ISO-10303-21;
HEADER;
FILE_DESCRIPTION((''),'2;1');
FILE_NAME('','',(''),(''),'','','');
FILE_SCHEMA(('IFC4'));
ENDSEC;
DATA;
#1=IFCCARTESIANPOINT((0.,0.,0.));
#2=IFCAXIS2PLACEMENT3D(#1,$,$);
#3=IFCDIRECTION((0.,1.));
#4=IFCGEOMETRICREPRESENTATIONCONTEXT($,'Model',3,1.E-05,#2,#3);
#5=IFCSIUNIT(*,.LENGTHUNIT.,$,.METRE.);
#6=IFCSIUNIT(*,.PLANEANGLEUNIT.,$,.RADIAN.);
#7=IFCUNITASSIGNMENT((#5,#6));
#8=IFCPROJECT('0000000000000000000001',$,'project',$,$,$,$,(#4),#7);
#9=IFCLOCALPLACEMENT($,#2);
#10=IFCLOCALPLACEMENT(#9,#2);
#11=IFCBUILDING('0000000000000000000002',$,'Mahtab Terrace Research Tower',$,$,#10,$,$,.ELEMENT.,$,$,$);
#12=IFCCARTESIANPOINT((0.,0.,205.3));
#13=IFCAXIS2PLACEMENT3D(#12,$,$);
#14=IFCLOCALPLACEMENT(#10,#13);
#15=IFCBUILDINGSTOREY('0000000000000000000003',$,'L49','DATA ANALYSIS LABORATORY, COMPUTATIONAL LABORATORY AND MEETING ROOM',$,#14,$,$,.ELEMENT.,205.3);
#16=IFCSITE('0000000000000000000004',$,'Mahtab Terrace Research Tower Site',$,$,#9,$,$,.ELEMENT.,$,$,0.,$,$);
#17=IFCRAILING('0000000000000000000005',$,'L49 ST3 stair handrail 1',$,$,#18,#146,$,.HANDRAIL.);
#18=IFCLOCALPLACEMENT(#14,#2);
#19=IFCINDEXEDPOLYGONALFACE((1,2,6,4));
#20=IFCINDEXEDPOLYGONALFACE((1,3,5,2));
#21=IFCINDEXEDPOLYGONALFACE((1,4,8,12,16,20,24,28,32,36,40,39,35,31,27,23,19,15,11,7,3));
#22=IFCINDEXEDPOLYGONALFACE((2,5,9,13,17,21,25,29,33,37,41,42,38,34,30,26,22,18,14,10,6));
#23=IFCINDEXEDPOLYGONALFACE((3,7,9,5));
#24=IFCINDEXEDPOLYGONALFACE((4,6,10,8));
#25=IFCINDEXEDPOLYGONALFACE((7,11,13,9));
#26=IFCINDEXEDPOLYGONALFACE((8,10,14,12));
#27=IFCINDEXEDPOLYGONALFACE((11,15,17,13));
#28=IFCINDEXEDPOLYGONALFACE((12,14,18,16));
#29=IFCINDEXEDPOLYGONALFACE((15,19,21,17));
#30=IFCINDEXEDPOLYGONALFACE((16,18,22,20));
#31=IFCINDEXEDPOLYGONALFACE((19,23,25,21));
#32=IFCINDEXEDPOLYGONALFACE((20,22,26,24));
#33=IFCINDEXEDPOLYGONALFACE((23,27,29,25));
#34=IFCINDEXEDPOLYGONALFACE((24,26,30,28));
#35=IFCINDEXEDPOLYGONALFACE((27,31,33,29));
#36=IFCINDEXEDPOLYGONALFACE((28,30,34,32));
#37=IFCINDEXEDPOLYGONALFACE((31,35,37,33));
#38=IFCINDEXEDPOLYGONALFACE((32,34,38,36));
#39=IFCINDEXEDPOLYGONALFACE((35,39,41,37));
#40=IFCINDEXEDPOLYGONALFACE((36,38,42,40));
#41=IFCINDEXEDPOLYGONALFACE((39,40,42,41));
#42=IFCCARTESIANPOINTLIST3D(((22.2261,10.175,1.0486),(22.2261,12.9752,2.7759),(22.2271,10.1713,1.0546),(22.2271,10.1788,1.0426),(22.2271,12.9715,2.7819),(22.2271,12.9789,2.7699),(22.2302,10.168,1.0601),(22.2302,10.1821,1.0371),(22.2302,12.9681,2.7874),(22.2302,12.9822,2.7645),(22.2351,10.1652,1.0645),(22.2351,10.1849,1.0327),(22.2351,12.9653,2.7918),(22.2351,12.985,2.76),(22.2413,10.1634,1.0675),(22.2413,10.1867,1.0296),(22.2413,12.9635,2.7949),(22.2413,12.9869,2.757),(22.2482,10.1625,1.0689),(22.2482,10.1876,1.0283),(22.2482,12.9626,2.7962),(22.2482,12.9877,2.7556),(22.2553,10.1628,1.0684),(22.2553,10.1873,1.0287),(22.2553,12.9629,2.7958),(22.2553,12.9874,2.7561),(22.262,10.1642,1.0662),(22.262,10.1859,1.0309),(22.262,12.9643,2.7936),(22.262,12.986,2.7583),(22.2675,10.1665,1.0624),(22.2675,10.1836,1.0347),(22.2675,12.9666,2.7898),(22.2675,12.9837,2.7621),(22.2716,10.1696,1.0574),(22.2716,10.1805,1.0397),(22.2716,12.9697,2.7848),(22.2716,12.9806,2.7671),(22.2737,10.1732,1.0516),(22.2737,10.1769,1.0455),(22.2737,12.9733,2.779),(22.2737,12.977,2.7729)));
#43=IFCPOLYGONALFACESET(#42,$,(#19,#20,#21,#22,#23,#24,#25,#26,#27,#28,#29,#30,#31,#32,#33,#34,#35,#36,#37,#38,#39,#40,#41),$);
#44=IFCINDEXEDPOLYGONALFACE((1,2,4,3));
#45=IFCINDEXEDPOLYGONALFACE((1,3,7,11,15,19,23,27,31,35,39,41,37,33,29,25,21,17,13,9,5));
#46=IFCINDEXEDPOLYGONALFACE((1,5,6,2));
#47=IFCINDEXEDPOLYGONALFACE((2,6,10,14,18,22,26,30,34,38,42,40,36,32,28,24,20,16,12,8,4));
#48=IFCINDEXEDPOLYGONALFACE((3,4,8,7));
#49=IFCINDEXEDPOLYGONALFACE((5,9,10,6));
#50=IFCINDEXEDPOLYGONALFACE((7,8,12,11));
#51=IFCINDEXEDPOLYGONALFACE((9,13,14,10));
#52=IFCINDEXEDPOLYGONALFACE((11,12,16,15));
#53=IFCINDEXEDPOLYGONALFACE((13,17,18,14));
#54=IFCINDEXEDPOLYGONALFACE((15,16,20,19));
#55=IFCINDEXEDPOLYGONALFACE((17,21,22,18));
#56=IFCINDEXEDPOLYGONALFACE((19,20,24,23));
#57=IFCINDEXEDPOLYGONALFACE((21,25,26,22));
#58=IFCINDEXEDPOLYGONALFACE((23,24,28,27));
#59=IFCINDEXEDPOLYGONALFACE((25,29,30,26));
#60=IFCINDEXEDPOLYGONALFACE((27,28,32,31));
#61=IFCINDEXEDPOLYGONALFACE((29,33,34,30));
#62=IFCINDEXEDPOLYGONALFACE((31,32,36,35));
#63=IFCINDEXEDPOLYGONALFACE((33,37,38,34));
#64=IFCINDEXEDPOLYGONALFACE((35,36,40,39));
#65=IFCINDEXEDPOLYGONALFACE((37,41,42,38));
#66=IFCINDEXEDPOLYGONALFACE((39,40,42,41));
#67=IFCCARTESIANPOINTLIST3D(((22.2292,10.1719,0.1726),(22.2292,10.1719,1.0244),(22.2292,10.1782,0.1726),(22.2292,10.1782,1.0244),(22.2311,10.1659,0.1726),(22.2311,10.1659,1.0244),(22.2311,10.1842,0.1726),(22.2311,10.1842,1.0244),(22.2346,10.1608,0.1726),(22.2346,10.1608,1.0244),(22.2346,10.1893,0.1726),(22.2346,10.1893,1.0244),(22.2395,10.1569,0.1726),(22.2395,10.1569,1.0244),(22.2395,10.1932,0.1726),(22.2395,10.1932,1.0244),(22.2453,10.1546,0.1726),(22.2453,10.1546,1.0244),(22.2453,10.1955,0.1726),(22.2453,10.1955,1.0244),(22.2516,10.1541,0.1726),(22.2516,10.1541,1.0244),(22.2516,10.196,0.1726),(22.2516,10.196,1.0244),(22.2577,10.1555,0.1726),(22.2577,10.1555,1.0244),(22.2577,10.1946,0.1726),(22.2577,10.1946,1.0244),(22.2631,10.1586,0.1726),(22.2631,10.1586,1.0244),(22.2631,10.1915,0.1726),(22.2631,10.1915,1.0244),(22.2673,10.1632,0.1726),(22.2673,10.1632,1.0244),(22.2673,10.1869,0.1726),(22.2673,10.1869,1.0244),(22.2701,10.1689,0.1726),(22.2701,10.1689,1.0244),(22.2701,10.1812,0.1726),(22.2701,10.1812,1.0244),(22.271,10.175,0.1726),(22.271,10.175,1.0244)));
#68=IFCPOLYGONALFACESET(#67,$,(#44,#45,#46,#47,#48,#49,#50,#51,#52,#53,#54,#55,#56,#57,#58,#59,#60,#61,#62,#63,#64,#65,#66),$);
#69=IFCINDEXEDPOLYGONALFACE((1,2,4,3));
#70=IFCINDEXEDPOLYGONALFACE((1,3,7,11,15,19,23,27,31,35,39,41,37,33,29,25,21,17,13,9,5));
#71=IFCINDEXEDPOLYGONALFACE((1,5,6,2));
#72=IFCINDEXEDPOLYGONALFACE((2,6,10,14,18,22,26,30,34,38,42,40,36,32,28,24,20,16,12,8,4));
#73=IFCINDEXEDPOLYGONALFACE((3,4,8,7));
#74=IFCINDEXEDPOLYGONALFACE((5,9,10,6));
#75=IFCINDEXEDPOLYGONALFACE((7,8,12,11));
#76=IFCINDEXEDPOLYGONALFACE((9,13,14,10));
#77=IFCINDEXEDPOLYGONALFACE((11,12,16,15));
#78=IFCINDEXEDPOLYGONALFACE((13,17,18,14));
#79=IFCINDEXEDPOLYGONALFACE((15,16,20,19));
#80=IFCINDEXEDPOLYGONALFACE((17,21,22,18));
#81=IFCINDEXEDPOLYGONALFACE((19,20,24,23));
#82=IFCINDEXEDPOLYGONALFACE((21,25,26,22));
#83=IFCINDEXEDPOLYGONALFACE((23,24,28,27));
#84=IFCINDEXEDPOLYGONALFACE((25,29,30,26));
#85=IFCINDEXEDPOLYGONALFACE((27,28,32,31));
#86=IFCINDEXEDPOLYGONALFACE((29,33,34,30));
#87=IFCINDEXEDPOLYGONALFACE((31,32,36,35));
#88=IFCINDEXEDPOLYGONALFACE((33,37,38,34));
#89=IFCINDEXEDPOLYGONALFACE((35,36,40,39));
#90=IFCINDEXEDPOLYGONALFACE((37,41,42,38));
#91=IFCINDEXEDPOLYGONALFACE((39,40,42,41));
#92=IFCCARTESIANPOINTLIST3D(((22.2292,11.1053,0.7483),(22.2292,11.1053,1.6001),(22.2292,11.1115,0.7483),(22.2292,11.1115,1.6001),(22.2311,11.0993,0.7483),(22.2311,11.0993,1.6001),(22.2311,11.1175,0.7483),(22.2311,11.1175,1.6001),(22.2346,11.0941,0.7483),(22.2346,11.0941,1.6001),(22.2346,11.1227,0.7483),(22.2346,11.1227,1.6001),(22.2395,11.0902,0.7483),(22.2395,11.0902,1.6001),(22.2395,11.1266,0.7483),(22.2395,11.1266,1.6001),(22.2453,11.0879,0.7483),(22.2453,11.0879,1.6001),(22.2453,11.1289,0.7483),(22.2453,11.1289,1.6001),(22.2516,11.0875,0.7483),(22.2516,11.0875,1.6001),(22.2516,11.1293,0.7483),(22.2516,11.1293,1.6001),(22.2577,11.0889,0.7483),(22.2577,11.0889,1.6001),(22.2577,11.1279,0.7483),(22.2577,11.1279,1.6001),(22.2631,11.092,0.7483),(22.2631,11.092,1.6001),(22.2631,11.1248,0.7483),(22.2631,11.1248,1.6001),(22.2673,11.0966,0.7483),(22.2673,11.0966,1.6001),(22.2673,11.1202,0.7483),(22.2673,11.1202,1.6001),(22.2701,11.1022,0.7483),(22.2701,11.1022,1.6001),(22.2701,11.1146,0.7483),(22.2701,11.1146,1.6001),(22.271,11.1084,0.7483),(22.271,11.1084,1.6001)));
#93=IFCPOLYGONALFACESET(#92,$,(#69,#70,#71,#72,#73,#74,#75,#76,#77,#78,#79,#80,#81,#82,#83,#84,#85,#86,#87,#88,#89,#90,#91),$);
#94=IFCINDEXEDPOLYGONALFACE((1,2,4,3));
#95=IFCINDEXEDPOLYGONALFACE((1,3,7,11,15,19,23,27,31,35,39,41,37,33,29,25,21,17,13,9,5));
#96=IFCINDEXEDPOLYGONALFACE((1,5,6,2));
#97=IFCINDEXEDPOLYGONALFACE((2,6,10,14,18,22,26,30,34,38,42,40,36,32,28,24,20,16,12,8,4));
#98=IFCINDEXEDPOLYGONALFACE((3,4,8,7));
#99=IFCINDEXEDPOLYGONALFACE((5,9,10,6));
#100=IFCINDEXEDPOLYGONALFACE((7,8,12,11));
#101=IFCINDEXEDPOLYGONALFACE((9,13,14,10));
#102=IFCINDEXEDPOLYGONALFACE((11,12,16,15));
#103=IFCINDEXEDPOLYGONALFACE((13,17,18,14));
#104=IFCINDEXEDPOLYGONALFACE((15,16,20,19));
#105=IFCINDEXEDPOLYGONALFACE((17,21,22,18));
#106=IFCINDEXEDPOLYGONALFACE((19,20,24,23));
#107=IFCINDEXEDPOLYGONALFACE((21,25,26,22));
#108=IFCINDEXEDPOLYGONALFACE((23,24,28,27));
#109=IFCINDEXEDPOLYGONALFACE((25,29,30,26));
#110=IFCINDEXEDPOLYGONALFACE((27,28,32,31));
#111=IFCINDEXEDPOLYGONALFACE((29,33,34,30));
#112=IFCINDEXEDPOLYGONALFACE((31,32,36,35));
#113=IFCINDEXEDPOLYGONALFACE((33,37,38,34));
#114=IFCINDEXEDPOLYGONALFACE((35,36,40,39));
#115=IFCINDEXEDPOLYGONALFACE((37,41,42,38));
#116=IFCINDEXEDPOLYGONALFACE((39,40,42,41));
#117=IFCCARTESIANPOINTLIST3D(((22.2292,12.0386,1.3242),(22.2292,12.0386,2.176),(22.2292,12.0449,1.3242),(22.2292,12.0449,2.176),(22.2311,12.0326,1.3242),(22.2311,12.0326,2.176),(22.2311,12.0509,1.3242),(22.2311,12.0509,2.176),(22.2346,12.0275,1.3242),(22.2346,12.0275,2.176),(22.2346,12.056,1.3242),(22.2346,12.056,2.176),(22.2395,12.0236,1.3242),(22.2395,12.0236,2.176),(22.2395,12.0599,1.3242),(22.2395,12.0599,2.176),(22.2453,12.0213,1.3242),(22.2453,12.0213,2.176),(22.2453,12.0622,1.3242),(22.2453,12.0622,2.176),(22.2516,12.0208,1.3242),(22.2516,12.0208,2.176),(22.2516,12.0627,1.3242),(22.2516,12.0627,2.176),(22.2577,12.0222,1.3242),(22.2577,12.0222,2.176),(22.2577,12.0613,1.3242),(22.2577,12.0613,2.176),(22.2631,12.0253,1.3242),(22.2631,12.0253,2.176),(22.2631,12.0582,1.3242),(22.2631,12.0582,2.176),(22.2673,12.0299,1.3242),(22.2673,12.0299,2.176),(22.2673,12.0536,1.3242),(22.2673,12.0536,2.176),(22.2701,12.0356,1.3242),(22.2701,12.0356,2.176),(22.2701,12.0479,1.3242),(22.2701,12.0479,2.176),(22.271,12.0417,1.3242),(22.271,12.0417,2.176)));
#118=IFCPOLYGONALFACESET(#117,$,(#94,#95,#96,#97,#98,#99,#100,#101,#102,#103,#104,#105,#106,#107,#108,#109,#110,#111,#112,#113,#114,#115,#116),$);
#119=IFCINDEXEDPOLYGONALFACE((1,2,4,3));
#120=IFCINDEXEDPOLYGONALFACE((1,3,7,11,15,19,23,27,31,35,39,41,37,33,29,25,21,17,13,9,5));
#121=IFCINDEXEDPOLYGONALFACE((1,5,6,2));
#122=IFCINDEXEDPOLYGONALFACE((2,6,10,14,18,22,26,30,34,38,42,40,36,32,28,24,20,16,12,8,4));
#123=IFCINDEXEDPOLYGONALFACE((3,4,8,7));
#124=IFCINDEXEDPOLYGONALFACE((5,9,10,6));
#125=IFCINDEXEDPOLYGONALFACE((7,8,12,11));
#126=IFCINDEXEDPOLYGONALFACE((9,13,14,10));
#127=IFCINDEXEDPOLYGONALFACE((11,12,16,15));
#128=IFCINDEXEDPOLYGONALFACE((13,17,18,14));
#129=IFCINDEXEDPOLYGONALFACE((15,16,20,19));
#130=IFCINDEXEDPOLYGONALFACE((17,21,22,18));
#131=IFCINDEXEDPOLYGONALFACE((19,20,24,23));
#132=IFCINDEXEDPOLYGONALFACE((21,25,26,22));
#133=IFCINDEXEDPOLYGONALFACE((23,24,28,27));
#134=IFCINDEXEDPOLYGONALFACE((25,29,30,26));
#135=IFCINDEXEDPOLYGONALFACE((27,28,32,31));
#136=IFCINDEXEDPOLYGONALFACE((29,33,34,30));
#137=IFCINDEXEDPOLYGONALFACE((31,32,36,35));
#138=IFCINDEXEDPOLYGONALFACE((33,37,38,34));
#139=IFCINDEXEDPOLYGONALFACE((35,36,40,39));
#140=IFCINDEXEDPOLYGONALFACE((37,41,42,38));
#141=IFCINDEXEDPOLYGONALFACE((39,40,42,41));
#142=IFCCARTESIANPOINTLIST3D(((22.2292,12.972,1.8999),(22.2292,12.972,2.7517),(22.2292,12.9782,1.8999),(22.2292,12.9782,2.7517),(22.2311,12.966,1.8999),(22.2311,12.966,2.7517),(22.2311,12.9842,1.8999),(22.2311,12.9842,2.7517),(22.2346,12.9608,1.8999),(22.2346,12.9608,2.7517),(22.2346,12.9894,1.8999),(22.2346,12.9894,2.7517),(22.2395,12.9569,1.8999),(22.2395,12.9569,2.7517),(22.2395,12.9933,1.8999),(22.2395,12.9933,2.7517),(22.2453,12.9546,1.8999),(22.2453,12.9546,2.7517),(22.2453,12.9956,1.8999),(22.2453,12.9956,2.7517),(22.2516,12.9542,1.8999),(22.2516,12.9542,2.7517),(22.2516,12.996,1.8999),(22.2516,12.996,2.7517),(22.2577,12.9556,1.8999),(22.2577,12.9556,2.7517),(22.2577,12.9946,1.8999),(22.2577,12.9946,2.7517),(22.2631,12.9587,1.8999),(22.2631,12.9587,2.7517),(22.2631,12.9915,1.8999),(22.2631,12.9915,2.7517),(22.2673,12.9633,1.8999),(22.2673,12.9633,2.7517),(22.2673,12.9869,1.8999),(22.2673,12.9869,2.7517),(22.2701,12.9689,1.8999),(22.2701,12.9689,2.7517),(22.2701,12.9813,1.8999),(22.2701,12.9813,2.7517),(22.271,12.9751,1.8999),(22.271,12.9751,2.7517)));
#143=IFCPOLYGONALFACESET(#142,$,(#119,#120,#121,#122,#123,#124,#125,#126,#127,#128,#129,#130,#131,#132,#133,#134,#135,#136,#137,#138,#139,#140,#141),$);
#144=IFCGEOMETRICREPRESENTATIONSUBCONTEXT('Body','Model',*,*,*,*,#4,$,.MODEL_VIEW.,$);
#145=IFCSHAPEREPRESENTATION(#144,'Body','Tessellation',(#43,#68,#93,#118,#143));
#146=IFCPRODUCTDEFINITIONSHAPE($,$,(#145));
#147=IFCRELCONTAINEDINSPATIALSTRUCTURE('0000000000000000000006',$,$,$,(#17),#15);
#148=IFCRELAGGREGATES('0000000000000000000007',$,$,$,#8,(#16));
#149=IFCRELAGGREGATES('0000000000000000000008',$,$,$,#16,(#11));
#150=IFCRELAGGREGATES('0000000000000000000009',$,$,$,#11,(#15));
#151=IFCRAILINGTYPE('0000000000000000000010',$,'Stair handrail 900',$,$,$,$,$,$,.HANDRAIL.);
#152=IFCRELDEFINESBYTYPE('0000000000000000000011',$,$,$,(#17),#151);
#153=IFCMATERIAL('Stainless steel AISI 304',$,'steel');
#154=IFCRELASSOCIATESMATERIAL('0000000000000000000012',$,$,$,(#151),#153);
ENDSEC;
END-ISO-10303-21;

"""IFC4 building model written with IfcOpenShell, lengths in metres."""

from ifc_helpers import new_model, si_unit, direction, frame, origin, origin_2d, place, context, subcontext, project, spatial, circle, extrude, material, type_object, element, save


model = new_model("IFC4")

# Units and contexts
model_context = context("Model", 3, precision=1e-05, world=origin(), true_north=direction((0.0, 1.0)))
body_context = subcontext(model_context, "Body", "Model", "MODEL_VIEW")
ifc_project = project(units=[si_unit("LENGTHUNIT", "METRE"), si_unit("PLANEANGLEUNIT", "RADIAN")], contexts=[model_context])

# Site, building, storey
site_placement = place(None, origin())
site = spatial("IfcSite", under=ifc_project, at=site_placement, Name="Mahtab Terrace Research Tower Site", CompositionType="ELEMENT", RefElevation=0.0)
building_placement = place(site_placement, origin())
building = spatial("IfcBuilding", under=site, at=building_placement, Name="Mahtab Terrace Research Tower", CompositionType="ELEMENT")
storey_placement = place(building_placement, frame((0.0, 0.0, 205.3)))
storey = spatial("IfcBuildingStorey", under=building, at=storey_placement, Name="L49", Description="DATA ANALYSIS LABORATORY, COMPUTATIONAL LABORATORY AND MEETING ROOM", CompositionType="ELEMENT", Elevation=205.3)

# Shared definitions
ifc_material_1 = material(Name="Stainless steel AISI 304", Category="steel")

# Railing
railing_type_1 = type_object("IfcRailingType", Name="Stair handrail 900", PredefinedType="HANDRAIL", material=ifc_material_1)
railing_1_placement = place(storey_placement, frame((22.25, 10.175, 0.1726)))
element("IfcRailing", 1, at=railing_1_placement, inside=storey, type_object=railing_type_1, Name="L49 ST3 stair handrail 1", PredefinedType="HANDRAIL", context=body_context, shape_type="SweptSolid", body=[
    extrude(circle(Radius=0.0239, at=origin_2d()), frame((0.0, 0.0, 0.876), z_axis=(0.0, 0.85109, 0.52502), x_axis=(-1.0, 0.0, 0.0)), (0.0, 0.0, 1.0), 3.29),
    extrude(circle(Radius=0.021, at=origin_2d()), origin(), (0.0, 0.0, 1.0), 0.8518),
    extrude(circle(Radius=0.021, at=origin_2d()), frame((0.0, 0.9333, 0.5757)), (0.0, 0.0, 1.0), 0.8518),
    extrude(circle(Radius=0.021, at=origin_2d()), frame((0.0, 1.8667, 1.1516)), (0.0, 0.0, 1.0), 0.8518),
    extrude(circle(Radius=0.021, at=origin_2d()), frame((0.0, 2.8, 1.7273)), (0.0, 0.0, 1.0), 0.8518),
])

save(model, "model.ifc")
